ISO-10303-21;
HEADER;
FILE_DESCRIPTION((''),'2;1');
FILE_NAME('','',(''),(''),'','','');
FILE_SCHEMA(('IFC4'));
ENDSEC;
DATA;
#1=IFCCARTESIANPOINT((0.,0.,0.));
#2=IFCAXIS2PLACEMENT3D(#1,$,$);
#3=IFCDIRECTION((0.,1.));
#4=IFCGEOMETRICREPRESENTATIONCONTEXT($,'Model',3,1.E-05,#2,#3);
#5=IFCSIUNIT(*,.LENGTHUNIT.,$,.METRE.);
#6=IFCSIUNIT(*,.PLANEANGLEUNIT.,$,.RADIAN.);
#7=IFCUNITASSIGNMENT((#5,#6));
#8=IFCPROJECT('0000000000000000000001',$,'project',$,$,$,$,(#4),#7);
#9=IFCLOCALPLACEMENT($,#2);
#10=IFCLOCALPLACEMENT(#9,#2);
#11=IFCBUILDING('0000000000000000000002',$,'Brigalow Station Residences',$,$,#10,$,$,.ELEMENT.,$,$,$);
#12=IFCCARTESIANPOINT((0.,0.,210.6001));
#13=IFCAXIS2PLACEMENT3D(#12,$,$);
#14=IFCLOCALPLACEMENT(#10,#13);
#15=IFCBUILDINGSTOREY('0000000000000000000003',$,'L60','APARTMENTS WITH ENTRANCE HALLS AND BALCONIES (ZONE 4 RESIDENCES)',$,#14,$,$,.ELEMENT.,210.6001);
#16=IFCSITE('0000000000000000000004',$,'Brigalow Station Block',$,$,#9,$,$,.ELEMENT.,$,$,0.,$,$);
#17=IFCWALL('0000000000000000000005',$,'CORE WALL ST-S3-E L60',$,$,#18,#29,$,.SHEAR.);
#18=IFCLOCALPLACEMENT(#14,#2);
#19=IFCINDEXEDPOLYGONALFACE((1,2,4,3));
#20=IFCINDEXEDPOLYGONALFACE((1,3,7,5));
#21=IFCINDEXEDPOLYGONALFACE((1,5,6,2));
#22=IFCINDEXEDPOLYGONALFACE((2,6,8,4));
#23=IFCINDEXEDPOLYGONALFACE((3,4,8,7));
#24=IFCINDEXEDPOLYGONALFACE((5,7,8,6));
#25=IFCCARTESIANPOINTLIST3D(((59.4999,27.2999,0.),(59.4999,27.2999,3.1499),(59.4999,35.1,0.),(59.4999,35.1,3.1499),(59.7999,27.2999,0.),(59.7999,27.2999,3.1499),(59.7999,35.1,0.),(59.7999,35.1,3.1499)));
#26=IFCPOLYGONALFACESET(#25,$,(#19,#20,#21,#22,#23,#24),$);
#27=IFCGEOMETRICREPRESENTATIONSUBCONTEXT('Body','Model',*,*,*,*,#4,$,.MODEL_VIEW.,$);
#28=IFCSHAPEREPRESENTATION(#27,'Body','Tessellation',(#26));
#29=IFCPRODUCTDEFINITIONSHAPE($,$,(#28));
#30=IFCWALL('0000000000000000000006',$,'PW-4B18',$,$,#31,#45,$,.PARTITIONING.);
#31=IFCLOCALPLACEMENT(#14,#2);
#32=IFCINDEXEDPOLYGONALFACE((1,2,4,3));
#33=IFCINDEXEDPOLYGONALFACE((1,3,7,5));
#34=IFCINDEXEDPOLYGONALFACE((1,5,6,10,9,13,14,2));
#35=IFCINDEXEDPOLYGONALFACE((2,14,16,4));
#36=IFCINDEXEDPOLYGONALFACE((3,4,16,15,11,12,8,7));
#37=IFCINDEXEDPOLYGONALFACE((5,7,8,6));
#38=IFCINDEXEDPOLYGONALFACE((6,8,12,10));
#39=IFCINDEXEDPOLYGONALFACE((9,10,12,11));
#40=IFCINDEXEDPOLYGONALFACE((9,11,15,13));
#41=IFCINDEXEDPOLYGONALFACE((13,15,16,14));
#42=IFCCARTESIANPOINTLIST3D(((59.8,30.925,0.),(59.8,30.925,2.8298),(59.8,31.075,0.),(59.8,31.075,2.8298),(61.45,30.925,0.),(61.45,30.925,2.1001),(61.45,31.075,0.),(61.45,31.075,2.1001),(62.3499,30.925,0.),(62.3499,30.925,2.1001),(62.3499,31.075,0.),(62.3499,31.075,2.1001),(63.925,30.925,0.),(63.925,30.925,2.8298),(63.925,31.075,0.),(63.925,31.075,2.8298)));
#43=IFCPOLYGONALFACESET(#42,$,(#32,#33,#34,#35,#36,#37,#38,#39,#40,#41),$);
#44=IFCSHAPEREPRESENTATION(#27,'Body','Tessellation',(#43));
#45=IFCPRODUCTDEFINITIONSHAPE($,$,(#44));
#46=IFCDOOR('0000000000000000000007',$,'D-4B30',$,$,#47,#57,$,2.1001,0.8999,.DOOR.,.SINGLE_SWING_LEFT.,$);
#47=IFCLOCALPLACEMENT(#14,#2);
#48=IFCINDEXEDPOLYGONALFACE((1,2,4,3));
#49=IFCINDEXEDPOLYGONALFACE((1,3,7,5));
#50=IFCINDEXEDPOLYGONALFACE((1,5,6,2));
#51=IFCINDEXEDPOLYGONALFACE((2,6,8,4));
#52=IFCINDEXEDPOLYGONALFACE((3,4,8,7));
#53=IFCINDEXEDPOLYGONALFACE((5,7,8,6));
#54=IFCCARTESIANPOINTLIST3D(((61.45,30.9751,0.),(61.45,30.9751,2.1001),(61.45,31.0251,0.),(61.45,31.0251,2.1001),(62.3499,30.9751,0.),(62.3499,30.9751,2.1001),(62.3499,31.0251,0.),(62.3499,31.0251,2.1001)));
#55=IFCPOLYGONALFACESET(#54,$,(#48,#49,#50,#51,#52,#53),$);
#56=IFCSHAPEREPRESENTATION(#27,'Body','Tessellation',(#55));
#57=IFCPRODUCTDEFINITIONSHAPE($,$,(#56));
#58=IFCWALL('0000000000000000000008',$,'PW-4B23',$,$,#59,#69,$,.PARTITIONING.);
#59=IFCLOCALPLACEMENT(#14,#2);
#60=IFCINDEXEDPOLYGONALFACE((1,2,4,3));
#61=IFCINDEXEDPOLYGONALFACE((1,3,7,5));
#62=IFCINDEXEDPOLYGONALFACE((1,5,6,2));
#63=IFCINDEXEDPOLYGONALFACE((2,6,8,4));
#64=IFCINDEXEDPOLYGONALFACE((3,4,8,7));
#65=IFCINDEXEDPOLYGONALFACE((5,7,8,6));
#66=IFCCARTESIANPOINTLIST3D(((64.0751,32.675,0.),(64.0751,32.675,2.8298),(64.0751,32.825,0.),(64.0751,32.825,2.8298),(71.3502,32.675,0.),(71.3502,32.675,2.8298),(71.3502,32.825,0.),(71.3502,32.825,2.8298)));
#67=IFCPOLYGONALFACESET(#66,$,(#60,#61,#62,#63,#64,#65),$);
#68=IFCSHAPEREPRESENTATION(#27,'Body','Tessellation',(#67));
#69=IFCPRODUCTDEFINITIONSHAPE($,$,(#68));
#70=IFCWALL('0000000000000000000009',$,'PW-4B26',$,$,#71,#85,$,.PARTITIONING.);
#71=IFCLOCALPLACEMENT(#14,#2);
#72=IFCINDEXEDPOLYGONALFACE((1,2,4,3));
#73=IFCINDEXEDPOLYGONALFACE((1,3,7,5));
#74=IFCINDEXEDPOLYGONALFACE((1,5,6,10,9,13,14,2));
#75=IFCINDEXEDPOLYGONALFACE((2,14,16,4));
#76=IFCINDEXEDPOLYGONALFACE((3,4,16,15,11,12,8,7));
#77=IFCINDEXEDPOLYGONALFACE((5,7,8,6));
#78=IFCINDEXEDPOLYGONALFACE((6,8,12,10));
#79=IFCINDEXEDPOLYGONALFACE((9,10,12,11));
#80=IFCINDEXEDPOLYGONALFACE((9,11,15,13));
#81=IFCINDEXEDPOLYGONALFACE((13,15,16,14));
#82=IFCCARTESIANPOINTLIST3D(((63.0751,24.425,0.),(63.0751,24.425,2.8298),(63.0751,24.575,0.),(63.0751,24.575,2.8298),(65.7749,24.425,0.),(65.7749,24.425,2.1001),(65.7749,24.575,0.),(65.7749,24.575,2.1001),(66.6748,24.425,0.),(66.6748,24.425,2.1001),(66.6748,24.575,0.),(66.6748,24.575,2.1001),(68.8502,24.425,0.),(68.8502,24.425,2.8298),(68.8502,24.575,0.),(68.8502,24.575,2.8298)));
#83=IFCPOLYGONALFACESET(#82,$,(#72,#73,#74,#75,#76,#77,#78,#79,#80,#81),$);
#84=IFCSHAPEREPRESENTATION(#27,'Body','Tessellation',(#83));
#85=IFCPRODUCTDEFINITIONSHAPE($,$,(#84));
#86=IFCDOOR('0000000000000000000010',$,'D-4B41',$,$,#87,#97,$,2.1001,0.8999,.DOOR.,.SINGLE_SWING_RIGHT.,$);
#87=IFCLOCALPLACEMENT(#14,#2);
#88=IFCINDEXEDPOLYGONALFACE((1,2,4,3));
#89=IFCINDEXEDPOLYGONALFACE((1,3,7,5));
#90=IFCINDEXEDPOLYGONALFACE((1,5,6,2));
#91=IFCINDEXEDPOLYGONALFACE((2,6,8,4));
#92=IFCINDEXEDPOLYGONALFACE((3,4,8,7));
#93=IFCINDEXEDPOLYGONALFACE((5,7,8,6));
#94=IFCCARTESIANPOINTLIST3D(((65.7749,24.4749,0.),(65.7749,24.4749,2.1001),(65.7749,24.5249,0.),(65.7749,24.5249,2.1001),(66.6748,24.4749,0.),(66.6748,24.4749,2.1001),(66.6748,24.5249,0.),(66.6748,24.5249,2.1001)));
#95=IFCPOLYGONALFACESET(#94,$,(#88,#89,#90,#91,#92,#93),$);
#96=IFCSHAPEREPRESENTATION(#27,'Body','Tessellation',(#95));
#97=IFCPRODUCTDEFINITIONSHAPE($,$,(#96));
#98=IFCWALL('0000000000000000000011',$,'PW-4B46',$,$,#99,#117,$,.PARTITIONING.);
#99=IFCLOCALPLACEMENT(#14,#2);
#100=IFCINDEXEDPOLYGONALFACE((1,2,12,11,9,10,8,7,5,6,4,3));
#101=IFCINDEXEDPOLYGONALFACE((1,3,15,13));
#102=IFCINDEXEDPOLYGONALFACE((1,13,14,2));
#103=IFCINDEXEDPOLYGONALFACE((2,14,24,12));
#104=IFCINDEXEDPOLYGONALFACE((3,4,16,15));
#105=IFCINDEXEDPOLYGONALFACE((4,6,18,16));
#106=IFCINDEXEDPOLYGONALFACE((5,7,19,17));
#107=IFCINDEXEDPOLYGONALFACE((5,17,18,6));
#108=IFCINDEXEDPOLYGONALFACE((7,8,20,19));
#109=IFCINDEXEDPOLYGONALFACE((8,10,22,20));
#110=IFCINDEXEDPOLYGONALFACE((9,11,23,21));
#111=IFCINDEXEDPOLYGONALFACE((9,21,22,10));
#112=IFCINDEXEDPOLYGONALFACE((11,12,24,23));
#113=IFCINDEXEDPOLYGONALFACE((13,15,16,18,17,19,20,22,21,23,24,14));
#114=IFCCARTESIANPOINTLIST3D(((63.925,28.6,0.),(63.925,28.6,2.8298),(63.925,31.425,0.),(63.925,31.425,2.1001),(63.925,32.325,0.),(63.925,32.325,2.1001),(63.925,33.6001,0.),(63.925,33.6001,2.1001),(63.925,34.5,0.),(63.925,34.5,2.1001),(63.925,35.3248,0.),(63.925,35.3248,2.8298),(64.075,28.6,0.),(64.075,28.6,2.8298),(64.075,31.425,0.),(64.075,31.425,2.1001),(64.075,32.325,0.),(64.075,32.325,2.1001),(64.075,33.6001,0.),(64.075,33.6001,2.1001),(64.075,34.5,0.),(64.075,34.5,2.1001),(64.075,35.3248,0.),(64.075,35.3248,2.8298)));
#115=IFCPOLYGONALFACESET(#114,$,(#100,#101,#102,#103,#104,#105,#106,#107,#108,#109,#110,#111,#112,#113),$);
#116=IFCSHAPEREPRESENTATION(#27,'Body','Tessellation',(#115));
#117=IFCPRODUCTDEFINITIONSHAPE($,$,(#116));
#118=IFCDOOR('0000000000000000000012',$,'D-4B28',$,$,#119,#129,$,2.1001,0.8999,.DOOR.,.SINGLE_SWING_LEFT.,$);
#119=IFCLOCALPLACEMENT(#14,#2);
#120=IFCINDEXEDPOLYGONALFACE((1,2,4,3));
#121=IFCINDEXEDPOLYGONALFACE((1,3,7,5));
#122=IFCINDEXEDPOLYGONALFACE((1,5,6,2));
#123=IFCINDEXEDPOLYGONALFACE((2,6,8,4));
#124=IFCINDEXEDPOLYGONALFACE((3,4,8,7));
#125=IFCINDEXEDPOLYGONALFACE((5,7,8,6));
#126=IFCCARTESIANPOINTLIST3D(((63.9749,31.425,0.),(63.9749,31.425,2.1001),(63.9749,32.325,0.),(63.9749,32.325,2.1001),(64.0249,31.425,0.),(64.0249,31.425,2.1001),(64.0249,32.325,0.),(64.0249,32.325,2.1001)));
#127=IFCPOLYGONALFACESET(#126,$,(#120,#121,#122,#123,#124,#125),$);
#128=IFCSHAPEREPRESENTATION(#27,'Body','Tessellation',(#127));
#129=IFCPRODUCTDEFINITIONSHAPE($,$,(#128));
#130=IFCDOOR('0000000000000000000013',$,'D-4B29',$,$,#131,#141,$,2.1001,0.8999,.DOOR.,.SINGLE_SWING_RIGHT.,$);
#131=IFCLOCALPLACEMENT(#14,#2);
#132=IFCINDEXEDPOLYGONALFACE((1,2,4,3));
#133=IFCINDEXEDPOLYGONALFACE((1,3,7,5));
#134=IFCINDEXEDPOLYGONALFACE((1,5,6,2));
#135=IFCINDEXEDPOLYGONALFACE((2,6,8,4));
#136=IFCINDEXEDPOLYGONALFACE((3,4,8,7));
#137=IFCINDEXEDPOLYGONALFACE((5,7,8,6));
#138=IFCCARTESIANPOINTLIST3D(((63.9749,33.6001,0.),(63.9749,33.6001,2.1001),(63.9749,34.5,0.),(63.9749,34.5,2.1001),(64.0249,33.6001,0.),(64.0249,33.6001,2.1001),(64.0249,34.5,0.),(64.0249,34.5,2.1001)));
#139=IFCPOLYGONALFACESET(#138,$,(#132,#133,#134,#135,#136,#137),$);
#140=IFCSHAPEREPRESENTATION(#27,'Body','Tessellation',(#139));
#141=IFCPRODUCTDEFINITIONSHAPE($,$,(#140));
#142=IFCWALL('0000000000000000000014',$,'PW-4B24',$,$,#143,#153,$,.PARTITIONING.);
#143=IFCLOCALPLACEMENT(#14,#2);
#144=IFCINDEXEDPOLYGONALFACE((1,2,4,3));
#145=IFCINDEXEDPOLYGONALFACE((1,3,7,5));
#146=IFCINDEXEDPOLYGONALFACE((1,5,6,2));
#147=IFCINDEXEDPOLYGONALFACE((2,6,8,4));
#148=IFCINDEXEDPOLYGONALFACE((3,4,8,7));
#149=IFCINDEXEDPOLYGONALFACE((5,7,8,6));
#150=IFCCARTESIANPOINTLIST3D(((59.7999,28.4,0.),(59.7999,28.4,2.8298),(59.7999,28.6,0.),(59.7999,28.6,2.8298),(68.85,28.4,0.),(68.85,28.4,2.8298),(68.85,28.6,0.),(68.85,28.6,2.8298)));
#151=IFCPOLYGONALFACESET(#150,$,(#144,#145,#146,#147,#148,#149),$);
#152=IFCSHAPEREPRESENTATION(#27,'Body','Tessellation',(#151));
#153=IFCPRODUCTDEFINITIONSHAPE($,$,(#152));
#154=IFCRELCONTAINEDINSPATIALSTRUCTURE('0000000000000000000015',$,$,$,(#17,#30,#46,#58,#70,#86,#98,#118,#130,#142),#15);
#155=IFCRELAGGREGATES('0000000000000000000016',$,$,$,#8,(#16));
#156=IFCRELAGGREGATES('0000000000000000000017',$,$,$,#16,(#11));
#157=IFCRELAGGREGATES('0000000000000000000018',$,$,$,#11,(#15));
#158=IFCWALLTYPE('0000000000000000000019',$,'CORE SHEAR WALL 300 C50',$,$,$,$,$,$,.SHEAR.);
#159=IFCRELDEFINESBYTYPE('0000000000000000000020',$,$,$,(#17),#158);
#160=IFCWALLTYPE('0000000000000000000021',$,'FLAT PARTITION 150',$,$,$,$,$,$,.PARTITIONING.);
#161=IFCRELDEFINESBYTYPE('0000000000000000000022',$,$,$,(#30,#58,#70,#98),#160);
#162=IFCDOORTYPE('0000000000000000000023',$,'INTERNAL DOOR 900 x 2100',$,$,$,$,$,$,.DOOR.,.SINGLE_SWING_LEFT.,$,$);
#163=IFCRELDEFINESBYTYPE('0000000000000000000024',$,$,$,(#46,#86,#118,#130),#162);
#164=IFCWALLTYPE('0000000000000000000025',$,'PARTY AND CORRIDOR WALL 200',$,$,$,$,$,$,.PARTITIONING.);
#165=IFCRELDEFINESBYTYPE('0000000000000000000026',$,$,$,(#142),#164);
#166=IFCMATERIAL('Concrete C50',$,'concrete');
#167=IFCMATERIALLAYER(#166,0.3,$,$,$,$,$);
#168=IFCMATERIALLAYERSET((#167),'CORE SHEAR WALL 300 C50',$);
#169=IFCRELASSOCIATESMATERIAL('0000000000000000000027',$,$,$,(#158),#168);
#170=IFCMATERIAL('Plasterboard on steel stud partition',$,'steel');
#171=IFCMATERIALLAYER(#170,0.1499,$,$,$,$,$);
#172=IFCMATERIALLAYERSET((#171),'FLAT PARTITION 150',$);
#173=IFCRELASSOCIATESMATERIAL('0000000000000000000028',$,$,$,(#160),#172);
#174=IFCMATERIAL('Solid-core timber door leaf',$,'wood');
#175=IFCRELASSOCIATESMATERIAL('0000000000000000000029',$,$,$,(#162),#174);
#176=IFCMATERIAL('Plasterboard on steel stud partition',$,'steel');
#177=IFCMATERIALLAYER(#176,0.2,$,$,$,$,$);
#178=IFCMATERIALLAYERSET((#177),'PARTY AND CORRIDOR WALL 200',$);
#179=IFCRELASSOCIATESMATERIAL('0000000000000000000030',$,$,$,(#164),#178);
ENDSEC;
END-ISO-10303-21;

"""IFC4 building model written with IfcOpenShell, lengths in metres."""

from ifc_helpers import new_model, si_unit, direction, frame, frame_2d, origin, place, context, subcontext, project, spatial, rectangle, extrude, material, layer, layer_set, type_object, element, fill, save


model = new_model("IFC4")

# Units and contexts
model_context = context("Model", 3, precision=1e-05, world=origin(), true_north=direction((0.0, 1.0)))
body_context = subcontext(model_context, "Body", "Model", "MODEL_VIEW")
ifc_project = project(units=[si_unit("LENGTHUNIT", "METRE"), si_unit("PLANEANGLEUNIT", "RADIAN")], contexts=[model_context])

# Site, building, storey
site_placement = place(None, origin())
site = spatial("IfcSite", under=ifc_project, at=site_placement, Name="Brigalow Station Block", CompositionType="ELEMENT", RefElevation=0.0)
building_placement = place(site_placement, origin())
building = spatial("IfcBuilding", under=site, at=building_placement, Name="Brigalow Station Residences", CompositionType="ELEMENT")
storey_placement = place(building_placement, frame((0.0, 0.0, 210.6001)))
storey = spatial("IfcBuildingStorey", under=building, at=storey_placement, Name="L60", Description="APARTMENTS WITH ENTRANCE HALLS AND BALCONIES (ZONE 4 RESIDENCES)", CompositionType="ELEMENT", Elevation=210.6001)

# Wall
ifc_material_1 = material(Name="Concrete C50", Category="concrete")
ifc_layer_1 = layer(ifc_material_1, 0.3)
ifc_layer_set_1 = layer_set([ifc_layer_1], Name="CORE SHEAR WALL 300 C50")
wall_type_1 = type_object("IfcWallType", Name="CORE SHEAR WALL 300 C50", PredefinedType="SHEAR", material=ifc_layer_set_1)
for number, where, z_axis, x_axis, name in (
    (1, (59.6499, 27.3, 0.0), (0.0, 0.0, 1.0), (0.0, 1.0, 0.0), "CORE WALL ST-S3-E L60"),
):
    element("IfcWall", number, at=place(storey_placement, frame(where, z_axis=z_axis, x_axis=x_axis)), inside=storey, type_object=wall_type_1, Name=name, PredefinedType="SHEAR", context=body_context, shape_type="SweptSolid", body=[
        extrude(rectangle(XDim=7.8, YDim=0.3, at=frame_2d((3.8999, 0.0))), origin(), (0.0, 0.0, 1.0), 3.1499),
    ])

# Wall, opening, door
ifc_material_2 = material(Name="Plasterboard on steel stud partition", Category="steel")
ifc_layer_2 = layer(ifc_material_2, 0.1499)
ifc_layer_set_2 = layer_set([ifc_layer_2], Name="FLAT PARTITION 150")
wall_type_2 = type_object("IfcWallType", Name="FLAT PARTITION 150", PredefinedType="PARTITIONING", material=ifc_layer_set_2)
wall_1_placement = place(storey_placement, frame((59.8, 31.0, 0.0), z_axis=(0.0, 0.0, 1.0), x_axis=(1.0, 0.0, 0.0)))
wall_1 = element("IfcWall", 2, at=wall_1_placement, inside=storey, type_object=wall_type_2, Name="PW-4B18", PredefinedType="PARTITIONING", context=body_context, shape_type="SweptSolid", body=[
    extrude(rectangle(XDim=4.125, YDim=0.1499, at=frame_2d((2.0625, 0.0))), origin(), (0.0, 0.0, 1.0), 2.8298),
])
opening_1_placement = place(wall_1_placement, frame((1.6499, 0.0, 0.0)))
opening_1 = element("IfcOpeningElement", 3, at=opening_1_placement, cuts=wall_1, PredefinedType="OPENING", context=body_context, shape_type="SweptSolid", body=[
    extrude(rectangle(XDim=0.8999, YDim=2.1001, at=frame_2d((0.45, 1.05))), frame((0.0, 0.085, 0.0), z_axis=(0.0, -1.0, 0.0), x_axis=(1.0, 0.0, 0.0)), (0.0, 0.0, 1.0), 0.1699),
])
ifc_material_3 = material(Name="Solid-core timber door leaf", Category="wood")
door_type_1 = type_object("IfcDoorType", Name="INTERNAL DOOR 900 x 2100", OperationType="SINGLE_SWING_LEFT", PredefinedType="DOOR", material=ifc_material_3)
door_1_placement = place(opening_1_placement, frame((0.8999, 0.0, 0.0), z_axis=(0.0, 0.0, 1.0), x_axis=(-1.0, 0.0, 0.0)))
door_1 = element("IfcDoor", 4, at=door_1_placement, inside=storey, type_object=door_type_1, Name="D-4B30", OperationType="SINGLE_SWING_LEFT", OverallHeight=2.1001, OverallWidth=0.8999, PredefinedType="DOOR", context=body_context, shape_type="SweptSolid", body=[
    extrude(rectangle(XDim=0.8999, YDim=2.1001, at=frame_2d((0.45, 1.05))), frame((0.0, 0.0249, 0.0), z_axis=(0.0, -1.0, 0.0), x_axis=(1.0, 0.0, 0.0)), (0.0, 0.0, 1.0), 0.05),
])
fill(opening_1, door_1)

# Wall
wall_2_placement = place(storey_placement, frame((64.075, 32.75, 0.0), z_axis=(0.0, 0.0, 1.0), x_axis=(1.0, 0.0, 0.0)))
element("IfcWall", 5, at=wall_2_placement, inside=storey, type_object=wall_type_2, Name="PW-4B23", PredefinedType="PARTITIONING", context=body_context, shape_type="SweptSolid", body=[
    extrude(rectangle(XDim=7.2751, YDim=0.1499, at=frame_2d((3.6377, 0.0))), origin(), (0.0, 0.0, 1.0), 2.8298),
])

# Wall, opening, door
wall_3_placement = place(storey_placement, frame((63.075, 24.5, 0.0), z_axis=(0.0, 0.0, 1.0), x_axis=(1.0, 0.0, 0.0)))
wall_3 = element("IfcWall", 6, at=wall_3_placement, inside=storey, type_object=wall_type_2, Name="PW-4B26", PredefinedType="PARTITIONING", context=body_context, shape_type="SweptSolid", body=[
    extrude(rectangle(XDim=5.7751, YDim=0.1499, at=frame_2d((2.8877, 0.0))), origin(), (0.0, 0.0, 1.0), 2.8298),
])
opening_2_placement = place(wall_3_placement, frame((2.7, 0.0, 0.0)))
opening_2 = element("IfcOpeningElement", 7, at=opening_2_placement, cuts=wall_3, PredefinedType="OPENING", context=body_context, shape_type="SweptSolid", body=[
    extrude(rectangle(XDim=0.8999, YDim=2.1001, at=frame_2d((0.45, 1.05))), frame((0.0, 0.085, 0.0), z_axis=(0.0, -1.0, 0.0), x_axis=(1.0, 0.0, 0.0)), (0.0, 0.0, 1.0), 0.1699),
])
door_2_placement = place(opening_2_placement, origin())
door_2 = element("IfcDoor", 8, at=door_2_placement, inside=storey, type_object=door_type_1, Name="D-4B41", OperationType="SINGLE_SWING_RIGHT", OverallHeight=2.1001, OverallWidth=0.8999, PredefinedType="DOOR", context=body_context, shape_type="SweptSolid", body=[
    extrude(rectangle(XDim=0.8999, YDim=2.1001, at=frame_2d((0.45, 1.05))), frame((0.0, 0.0249, 0.0), z_axis=(0.0, -1.0, 0.0), x_axis=(1.0, 0.0, 0.0)), (0.0, 0.0, 1.0), 0.05),
])
fill(opening_2, door_2)

# Wall, openings, doors
wall_4_placement = place(storey_placement, frame((64.0, 28.6001, 0.0), z_axis=(0.0, 0.0, 1.0), x_axis=(0.0, 1.0, 0.0)))
wall_4 = element("IfcWall", 9, at=wall_4_placement, inside=storey, type_object=wall_type_2, Name="PW-4B46", PredefinedType="PARTITIONING", context=body_context, shape_type="SweptSolid", body=[
    extrude(rectangle(XDim=6.7249, YDim=0.1499, at=frame_2d((3.3623, 0.0))), origin(), (0.0, 0.0, 1.0), 2.8298),
])
opening_3_placement = place(wall_4_placement, frame((2.825, 0.0, 0.0)))
opening_3 = element("IfcOpeningElement", 10, at=opening_3_placement, cuts=wall_4, PredefinedType="OPENING", context=body_context, shape_type="SweptSolid", body=[
    extrude(rectangle(XDim=0.8999, YDim=2.1001, at=frame_2d((0.45, 1.05))), frame((0.0, 0.085, 0.0), z_axis=(0.0, -1.0, 0.0), x_axis=(1.0, 0.0, 0.0)), (0.0, 0.0, 1.0), 0.1699),
])
opening_4_placement = place(wall_4_placement, frame((5.0, 0.0, 0.0)))
opening_4 = element("IfcOpeningElement", 11, at=opening_4_placement, cuts=wall_4, PredefinedType="OPENING", context=body_context, shape_type="SweptSolid", body=[
    extrude(rectangle(XDim=0.8999, YDim=2.1001, at=frame_2d((0.45, 1.05))), frame((0.0, 0.085, 0.0), z_axis=(0.0, -1.0, 0.0), x_axis=(1.0, 0.0, 0.0)), (0.0, 0.0, 1.0), 0.1699),
])
door_3_placement = place(opening_3_placement, frame((0.8999, 0.0, 0.0), z_axis=(0.0, 0.0, 1.0), x_axis=(-1.0, 0.0, 0.0)))
door_3 = element("IfcDoor", 12, at=door_3_placement, inside=storey, type_object=door_type_1, Name="D-4B28", OperationType="SINGLE_SWING_LEFT", OverallHeight=2.1001, OverallWidth=0.8999, PredefinedType="DOOR", context=body_context, shape_type="SweptSolid", body=[
    extrude(rectangle(XDim=0.8999, YDim=2.1001, at=frame_2d((0.45, 1.05))), frame((0.0, 0.0249, 0.0), z_axis=(0.0, -1.0, 0.0), x_axis=(1.0, 0.0, 0.0)), (0.0, 0.0, 1.0), 0.05),
])
fill(opening_3, door_3)
door_4_placement = place(opening_4_placement, frame((0.8999, 0.0, 0.0), z_axis=(0.0, 0.0, 1.0), x_axis=(-1.0, 0.0, 0.0)))
door_4 = element("IfcDoor", 13, at=door_4_placement, inside=storey, type_object=door_type_1, Name="D-4B29", OperationType="SINGLE_SWING_RIGHT", OverallHeight=2.1001, OverallWidth=0.8999, PredefinedType="DOOR", context=body_context, shape_type="SweptSolid", body=[
    extrude(rectangle(XDim=0.8999, YDim=2.1001, at=frame_2d((0.45, 1.05))), frame((0.0, 0.0249, 0.0), z_axis=(0.0, -1.0, 0.0), x_axis=(1.0, 0.0, 0.0)), (0.0, 0.0, 1.0), 0.05),
])
fill(opening_4, door_4)

# Wall
ifc_material_4 = material(Name="Plasterboard on steel stud partition", Category="steel")
ifc_layer_3 = layer(ifc_material_4, 0.2)
ifc_layer_set_3 = layer_set([ifc_layer_3], Name="PARTY AND CORRIDOR WALL 200")
wall_type_3 = type_object("IfcWallType", Name="PARTY AND CORRIDOR WALL 200", PredefinedType="PARTITIONING", material=ifc_layer_set_3)
wall_5_placement = place(storey_placement, frame((59.8, 28.5, 0.0), z_axis=(0.0, 0.0, 1.0), x_axis=(1.0, 0.0, 0.0)))
element("IfcWall", 14, at=wall_5_placement, inside=storey, type_object=wall_type_3, Name="PW-4B24", PredefinedType="PARTITIONING", context=body_context, shape_type="SweptSolid", body=[
    extrude(rectangle(XDim=9.05, YDim=0.2, at=frame_2d((4.5249, 0.0))), origin(), (0.0, 0.0, 1.0), 2.8298),
])

save(model, "model.ifc")
